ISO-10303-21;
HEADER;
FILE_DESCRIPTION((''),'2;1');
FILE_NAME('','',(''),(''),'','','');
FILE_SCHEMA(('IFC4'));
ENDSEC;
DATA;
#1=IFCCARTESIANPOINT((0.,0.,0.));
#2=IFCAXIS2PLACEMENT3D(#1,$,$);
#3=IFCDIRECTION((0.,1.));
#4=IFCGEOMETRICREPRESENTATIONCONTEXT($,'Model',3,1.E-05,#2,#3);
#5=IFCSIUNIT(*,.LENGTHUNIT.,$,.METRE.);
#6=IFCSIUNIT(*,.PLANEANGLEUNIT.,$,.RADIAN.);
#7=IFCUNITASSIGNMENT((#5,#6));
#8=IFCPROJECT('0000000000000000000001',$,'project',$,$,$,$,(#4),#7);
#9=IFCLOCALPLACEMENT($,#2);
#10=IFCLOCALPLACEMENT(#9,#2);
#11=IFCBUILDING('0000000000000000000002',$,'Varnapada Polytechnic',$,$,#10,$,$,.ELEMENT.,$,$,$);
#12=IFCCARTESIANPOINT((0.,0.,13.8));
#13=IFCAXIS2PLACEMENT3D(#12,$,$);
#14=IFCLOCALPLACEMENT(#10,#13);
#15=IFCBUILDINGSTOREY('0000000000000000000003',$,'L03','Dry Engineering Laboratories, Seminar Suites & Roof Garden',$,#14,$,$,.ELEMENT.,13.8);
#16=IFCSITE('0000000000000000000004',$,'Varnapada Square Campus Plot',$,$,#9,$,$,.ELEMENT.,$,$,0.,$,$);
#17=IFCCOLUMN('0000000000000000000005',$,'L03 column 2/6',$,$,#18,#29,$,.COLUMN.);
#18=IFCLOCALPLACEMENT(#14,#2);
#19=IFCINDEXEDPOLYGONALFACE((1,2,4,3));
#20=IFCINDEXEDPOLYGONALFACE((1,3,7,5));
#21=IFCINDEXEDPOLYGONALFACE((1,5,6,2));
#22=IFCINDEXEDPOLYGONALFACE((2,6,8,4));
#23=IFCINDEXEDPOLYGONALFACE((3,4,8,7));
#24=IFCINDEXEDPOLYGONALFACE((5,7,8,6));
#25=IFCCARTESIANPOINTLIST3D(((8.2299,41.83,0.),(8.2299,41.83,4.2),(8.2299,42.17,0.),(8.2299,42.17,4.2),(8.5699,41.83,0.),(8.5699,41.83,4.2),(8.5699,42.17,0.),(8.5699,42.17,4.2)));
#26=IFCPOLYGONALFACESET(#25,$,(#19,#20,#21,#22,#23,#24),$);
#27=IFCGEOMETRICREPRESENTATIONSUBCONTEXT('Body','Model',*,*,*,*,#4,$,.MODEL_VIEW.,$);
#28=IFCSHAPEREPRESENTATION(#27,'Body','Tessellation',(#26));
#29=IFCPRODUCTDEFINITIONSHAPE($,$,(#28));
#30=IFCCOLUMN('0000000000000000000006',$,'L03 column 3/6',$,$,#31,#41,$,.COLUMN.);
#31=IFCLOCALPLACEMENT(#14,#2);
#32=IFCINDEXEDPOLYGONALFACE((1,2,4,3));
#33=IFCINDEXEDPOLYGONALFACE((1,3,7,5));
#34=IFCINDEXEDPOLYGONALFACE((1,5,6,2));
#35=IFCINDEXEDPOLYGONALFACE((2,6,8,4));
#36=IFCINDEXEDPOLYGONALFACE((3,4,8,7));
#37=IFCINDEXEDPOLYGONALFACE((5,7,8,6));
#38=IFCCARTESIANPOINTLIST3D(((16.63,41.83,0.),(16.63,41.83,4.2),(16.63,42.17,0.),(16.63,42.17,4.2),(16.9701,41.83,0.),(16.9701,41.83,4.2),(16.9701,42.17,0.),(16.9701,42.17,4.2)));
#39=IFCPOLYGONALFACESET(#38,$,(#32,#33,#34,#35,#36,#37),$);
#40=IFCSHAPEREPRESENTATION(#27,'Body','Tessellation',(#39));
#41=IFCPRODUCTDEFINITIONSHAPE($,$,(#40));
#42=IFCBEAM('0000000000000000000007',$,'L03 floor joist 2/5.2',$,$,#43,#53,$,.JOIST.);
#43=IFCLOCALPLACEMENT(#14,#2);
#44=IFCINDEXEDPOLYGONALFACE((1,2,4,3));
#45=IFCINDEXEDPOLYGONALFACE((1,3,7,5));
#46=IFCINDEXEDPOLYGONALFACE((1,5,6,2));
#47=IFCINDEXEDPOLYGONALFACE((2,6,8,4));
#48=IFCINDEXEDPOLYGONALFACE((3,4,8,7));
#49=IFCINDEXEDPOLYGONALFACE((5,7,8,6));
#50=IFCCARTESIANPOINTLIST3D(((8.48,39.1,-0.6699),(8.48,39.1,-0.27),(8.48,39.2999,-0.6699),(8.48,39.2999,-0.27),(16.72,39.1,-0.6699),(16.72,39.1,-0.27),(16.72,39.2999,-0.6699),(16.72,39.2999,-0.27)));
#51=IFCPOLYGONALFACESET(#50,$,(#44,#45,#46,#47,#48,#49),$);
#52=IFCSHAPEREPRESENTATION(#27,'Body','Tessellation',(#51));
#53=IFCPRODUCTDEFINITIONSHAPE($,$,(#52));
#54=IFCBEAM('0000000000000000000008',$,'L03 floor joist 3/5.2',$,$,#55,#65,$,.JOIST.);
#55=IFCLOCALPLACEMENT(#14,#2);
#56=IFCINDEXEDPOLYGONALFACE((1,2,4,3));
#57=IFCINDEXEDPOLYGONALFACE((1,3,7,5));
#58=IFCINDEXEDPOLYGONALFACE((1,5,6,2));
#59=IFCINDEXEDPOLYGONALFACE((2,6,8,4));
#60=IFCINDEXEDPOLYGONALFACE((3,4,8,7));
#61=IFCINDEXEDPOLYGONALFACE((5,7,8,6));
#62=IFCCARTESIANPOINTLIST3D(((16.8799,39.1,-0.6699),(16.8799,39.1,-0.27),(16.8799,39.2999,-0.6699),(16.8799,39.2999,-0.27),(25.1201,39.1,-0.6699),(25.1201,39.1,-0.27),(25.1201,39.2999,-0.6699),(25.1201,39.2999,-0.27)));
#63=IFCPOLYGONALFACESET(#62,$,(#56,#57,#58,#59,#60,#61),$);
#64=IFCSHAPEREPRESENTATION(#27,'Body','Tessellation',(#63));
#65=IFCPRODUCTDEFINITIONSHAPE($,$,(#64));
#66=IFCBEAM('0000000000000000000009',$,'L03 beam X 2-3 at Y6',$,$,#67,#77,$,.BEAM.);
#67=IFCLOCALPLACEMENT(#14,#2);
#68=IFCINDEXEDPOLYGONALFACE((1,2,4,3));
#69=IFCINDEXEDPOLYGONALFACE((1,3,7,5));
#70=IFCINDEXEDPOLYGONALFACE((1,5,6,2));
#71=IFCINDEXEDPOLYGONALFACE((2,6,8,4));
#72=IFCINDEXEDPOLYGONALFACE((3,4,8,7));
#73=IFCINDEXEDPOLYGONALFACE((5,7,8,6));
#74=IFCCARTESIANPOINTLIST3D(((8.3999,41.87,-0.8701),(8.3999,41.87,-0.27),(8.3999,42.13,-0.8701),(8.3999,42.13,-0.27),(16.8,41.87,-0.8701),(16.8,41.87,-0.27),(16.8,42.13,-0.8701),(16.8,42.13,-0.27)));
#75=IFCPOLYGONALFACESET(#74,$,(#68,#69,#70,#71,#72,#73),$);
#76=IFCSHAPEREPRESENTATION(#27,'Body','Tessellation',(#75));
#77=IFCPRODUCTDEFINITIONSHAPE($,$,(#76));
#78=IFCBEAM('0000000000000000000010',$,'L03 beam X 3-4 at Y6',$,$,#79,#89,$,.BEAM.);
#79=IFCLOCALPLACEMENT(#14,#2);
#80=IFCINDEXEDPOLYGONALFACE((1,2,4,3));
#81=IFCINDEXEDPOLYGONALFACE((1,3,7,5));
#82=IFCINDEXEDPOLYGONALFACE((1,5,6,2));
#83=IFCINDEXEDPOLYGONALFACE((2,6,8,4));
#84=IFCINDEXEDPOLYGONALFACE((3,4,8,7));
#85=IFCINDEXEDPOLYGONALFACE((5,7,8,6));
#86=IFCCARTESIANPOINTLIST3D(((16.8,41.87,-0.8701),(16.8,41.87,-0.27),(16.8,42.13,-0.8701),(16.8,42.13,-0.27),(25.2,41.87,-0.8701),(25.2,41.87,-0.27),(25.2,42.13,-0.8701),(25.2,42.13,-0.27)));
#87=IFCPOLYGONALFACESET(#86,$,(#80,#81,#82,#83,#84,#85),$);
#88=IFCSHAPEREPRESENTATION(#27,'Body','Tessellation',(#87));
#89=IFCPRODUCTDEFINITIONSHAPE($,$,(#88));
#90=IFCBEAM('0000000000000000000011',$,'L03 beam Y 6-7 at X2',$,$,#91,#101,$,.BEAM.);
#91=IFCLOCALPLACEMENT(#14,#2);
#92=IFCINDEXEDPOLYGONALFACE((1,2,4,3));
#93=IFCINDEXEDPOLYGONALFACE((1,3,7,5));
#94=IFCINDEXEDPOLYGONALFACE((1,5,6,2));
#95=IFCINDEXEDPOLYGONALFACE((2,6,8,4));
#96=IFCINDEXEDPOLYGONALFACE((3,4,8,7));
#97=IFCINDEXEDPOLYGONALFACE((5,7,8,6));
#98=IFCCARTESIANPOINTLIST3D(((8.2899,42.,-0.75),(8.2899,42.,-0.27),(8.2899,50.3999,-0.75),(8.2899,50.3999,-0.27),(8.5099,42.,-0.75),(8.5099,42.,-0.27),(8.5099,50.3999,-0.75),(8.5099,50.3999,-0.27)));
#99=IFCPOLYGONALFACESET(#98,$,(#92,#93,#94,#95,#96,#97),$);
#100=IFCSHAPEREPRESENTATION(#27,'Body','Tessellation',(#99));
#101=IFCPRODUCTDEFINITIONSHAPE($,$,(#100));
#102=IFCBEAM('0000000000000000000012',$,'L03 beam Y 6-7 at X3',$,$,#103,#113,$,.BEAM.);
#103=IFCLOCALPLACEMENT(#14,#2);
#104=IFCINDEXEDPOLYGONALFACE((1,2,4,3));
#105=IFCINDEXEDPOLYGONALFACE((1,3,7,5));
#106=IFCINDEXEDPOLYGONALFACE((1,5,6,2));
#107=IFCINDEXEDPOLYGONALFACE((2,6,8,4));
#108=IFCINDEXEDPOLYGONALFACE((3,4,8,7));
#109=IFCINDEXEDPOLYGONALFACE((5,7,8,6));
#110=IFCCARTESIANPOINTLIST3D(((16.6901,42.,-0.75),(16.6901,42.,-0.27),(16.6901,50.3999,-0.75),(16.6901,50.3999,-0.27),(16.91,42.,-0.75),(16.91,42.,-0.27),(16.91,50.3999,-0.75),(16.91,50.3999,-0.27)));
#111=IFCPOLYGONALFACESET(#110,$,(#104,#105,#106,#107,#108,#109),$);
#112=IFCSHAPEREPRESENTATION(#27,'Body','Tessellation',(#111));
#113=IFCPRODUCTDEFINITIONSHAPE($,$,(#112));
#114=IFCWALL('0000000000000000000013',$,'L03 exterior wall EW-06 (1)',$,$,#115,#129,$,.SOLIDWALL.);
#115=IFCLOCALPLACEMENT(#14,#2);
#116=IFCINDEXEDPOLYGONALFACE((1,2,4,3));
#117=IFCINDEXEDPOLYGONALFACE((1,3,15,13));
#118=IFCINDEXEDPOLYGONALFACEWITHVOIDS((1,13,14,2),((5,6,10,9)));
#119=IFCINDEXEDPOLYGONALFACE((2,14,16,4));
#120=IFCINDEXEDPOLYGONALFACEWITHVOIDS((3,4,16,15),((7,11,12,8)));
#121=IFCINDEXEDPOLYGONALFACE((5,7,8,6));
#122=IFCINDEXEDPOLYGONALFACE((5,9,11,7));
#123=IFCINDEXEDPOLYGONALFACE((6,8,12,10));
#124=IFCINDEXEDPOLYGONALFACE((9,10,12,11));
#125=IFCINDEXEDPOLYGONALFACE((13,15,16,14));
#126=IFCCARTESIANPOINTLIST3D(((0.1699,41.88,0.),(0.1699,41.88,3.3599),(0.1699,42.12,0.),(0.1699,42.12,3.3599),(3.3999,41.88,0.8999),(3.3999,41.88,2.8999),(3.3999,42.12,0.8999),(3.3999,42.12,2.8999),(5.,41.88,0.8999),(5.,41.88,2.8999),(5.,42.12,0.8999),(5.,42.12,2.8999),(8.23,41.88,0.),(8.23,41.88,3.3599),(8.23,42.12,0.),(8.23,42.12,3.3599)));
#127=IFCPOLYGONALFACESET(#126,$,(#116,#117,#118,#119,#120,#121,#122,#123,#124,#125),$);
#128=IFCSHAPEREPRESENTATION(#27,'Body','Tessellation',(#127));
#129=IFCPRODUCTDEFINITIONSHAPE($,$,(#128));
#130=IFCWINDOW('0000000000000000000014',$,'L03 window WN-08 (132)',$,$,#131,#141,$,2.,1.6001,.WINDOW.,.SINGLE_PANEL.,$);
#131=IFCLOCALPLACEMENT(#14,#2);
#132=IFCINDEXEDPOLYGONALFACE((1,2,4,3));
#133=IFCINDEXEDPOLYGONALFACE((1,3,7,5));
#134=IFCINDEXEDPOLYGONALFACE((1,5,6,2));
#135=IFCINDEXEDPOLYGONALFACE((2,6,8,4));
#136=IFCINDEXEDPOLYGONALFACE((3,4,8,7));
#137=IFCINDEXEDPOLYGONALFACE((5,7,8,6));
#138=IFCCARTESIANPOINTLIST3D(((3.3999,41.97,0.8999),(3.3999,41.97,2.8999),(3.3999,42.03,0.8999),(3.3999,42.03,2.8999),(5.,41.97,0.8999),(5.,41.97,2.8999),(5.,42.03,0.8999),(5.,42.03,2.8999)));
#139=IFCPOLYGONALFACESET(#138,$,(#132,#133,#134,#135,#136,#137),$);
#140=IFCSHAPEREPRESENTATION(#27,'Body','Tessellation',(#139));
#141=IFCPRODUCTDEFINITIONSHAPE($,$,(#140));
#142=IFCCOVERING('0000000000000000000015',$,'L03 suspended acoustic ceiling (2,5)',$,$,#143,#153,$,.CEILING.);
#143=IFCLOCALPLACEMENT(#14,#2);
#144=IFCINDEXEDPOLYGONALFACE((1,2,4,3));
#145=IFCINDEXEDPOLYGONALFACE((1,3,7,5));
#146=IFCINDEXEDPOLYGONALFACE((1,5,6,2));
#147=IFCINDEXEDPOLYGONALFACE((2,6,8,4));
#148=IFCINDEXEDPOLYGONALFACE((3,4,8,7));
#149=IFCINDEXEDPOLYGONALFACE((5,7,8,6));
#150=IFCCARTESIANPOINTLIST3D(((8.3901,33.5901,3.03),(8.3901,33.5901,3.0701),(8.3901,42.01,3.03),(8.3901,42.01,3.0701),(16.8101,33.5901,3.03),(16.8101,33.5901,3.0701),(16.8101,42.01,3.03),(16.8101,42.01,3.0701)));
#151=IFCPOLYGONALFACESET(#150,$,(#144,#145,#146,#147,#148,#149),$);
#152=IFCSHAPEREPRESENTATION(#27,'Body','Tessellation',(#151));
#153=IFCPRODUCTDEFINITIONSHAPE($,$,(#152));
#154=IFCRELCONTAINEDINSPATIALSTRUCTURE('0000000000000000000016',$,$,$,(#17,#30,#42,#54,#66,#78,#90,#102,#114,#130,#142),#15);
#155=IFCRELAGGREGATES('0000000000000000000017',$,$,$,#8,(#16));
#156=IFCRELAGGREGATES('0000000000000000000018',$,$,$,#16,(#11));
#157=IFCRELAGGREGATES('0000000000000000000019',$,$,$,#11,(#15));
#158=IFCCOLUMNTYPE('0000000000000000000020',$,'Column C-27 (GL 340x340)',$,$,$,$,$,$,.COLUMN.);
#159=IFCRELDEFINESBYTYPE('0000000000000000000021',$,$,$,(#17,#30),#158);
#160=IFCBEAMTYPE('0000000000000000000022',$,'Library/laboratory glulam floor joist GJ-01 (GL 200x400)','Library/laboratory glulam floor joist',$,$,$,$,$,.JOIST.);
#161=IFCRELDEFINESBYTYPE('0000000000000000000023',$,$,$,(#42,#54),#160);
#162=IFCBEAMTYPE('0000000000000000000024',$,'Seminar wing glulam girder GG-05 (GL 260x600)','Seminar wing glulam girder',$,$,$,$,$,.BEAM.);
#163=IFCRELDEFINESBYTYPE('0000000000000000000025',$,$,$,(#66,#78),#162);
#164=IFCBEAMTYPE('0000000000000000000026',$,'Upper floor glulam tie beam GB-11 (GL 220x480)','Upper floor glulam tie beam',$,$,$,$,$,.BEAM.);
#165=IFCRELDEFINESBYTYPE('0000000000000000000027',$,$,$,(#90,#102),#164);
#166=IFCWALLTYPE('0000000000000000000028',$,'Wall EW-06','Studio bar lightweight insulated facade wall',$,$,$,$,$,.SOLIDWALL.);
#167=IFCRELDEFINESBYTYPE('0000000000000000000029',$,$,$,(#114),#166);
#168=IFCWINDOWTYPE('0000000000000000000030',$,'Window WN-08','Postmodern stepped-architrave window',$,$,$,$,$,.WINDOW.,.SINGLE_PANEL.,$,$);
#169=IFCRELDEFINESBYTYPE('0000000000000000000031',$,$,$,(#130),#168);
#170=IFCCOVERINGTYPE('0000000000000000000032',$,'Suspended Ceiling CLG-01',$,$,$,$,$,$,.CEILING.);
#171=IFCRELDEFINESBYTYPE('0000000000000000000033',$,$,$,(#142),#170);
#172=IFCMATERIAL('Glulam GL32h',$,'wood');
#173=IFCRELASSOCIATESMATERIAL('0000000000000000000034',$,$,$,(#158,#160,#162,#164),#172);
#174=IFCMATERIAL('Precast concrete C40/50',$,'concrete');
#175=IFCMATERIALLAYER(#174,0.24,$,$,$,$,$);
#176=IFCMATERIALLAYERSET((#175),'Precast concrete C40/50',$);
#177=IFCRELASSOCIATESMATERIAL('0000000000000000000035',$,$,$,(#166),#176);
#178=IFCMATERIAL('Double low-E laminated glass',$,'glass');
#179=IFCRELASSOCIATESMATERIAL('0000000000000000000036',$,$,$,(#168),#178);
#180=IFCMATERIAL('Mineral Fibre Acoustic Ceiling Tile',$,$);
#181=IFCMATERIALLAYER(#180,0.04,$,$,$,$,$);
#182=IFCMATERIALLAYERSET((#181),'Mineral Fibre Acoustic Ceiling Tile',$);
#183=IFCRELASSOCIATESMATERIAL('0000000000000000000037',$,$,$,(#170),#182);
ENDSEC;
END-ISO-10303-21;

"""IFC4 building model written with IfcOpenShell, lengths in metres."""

from ifc_helpers import new_model, si_unit, direction, frame, frame_2d, origin, origin_2d, place, context, subcontext, project, spatial, rectangle, extrude, material, layer, layer_set, material_profile, profile_set, type_object, element, fill, save


model = new_model("IFC4")

# Units and contexts
model_context = context("Model", 3, precision=1e-05, world=origin(), true_north=direction((0.0, 1.0)))
body_context = subcontext(model_context, "Body", "Model", "MODEL_VIEW")
ifc_project = project(units=[si_unit("LENGTHUNIT", "METRE"), si_unit("PLANEANGLEUNIT", "RADIAN")], contexts=[model_context])

# Site, building, storey
site_placement = place(None, origin())
site = spatial("IfcSite", under=ifc_project, at=site_placement, Name="Varnapada Square Campus Plot", CompositionType="ELEMENT", RefElevation=0.0)
building_placement = place(site_placement, origin())
building = spatial("IfcBuilding", under=site, at=building_placement, Name="Varnapada Polytechnic", CompositionType="ELEMENT")
storey_placement = place(building_placement, frame((0.0, 0.0, 13.8)))
storey = spatial("IfcBuildingStorey", under=building, at=storey_placement, Name="L03", Description="Dry Engineering Laboratories, Seminar Suites & Roof Garden", CompositionType="ELEMENT", Elevation=13.8)

# Columns
ifc_material_1 = material(Name="Glulam GL32h", Category="wood")
ifc_material_profile_1 = material_profile(ifc_material_1, rectangle(XDim=0.3401, YDim=0.3401, at=origin_2d()), Name="GL 340x340")
ifc_profile_set_1 = profile_set([ifc_material_profile_1], Name="Glulam GL32h")
column_type = type_object("IfcColumnType", Name="Column C-27 (GL 340x340)", PredefinedType="COLUMN", material=ifc_profile_set_1)
for number, where, z_axis, x_axis, name in (
    (1, (8.3999, 42.0, 0.0), (0.0, 0.0, 1.0), (1.0, 0.0, 0.0), "L03 column 2/6"),
    (2, (16.8, 42.0, 0.0), (0.0, 0.0, 1.0), (1.0, 0.0, 0.0), "L03 column 3/6"),
):
    element("IfcColumn", number, at=place(storey_placement, frame(where, z_axis=z_axis, x_axis=x_axis)), inside=storey, type_object=column_type, Name=name, PredefinedType="COLUMN", context=body_context, shape_type="SweptSolid", body=[
        extrude(rectangle(XDim=0.3401, YDim=0.3401, at=origin_2d()), origin(), (0.0, 0.0, 1.0), 4.2),
    ])

# Beams
ifc_material_profile_2 = material_profile(ifc_material_1, rectangle(XDim=0.2, YDim=0.3999, at=origin_2d()), Name="GL 200x400")
ifc_profile_set_2 = profile_set([ifc_material_profile_2], Name="Glulam GL32h")
beam_type_1 = type_object("IfcBeamType", Name="Library/laboratory glulam floor joist GJ-01 (GL 200x400)", Description="Library/laboratory glulam floor joist", PredefinedType="JOIST", material=ifc_profile_set_2)
beam_1_placement = place(storey_placement, frame((8.48, 39.2, -0.47), z_axis=(1.0, 0.0, 0.0), x_axis=(0.0, 1.0, 0.0)))
element("IfcBeam", 3, at=beam_1_placement, inside=storey, type_object=beam_type_1, Name="L03 floor joist 2/5.2", PredefinedType="JOIST", context=body_context, shape_type="SweptSolid", body=[
    extrude(rectangle(XDim=0.2, YDim=0.3999, at=origin_2d()), origin(), (0.0, 0.0, 1.0), 8.24),
])
beam_2_placement = place(storey_placement, frame((16.8799, 39.2, -0.47), z_axis=(1.0, 0.0, 0.0), x_axis=(0.0, 1.0, 0.0)))
element("IfcBeam", 4, at=beam_2_placement, inside=storey, type_object=beam_type_1, Name="L03 floor joist 3/5.2", PredefinedType="JOIST", context=body_context, shape_type="SweptSolid", body=[
    extrude(rectangle(XDim=0.2, YDim=0.3999, at=origin_2d()), origin(), (0.0, 0.0, 1.0), 8.2402),
])
ifc_material_profile_3 = material_profile(ifc_material_1, rectangle(XDim=0.26, YDim=0.6001, at=origin_2d()), Name="GL 260x600")
ifc_profile_set_3 = profile_set([ifc_material_profile_3], Name="Glulam GL32h")
beam_type_2 = type_object("IfcBeamType", Name="Seminar wing glulam girder GG-05 (GL 260x600)", Description="Seminar wing glulam girder", PredefinedType="BEAM", material=ifc_profile_set_3)
beam_3_placement = place(storey_placement, frame((8.3999, 42.0, -0.5701), z_axis=(1.0, 0.0, 0.0), x_axis=(0.0, 1.0, 0.0)))
element("IfcBeam", 5, at=beam_3_placement, inside=storey, type_object=beam_type_2, Name="L03 beam X 2-3 at Y6", PredefinedType="BEAM", context=body_context, shape_type="SweptSolid", body=[
    extrude(rectangle(XDim=0.26, YDim=0.6001, at=origin_2d()), origin(), (0.0, 0.0, 1.0), 8.4001),
])
beam_4_placement = place(storey_placement, frame((16.8, 42.0, -0.5701), z_axis=(1.0, 0.0, 0.0), x_axis=(0.0, 1.0, 0.0)))
element("IfcBeam", 6, at=beam_4_placement, inside=storey, type_object=beam_type_2, Name="L03 beam X 3-4 at Y6", PredefinedType="BEAM", context=body_context, shape_type="SweptSolid", body=[
    extrude(rectangle(XDim=0.26, YDim=0.6001, at=origin_2d()), origin(), (0.0, 0.0, 1.0), 8.3999),
])
ifc_material_profile_4 = material_profile(ifc_material_1, rectangle(XDim=0.22, YDim=0.48, at=origin_2d()), Name="GL 220x480")
ifc_profile_set_4 = profile_set([ifc_material_profile_4], Name="Glulam GL32h")
beam_type_3 = type_object("IfcBeamType", Name="Upper floor glulam tie beam GB-11 (GL 220x480)", Description="Upper floor glulam tie beam", PredefinedType="BEAM", material=ifc_profile_set_4)
for number, where, z_axis, x_axis, name in (
    (7, (8.3999, 42.0, -0.51), (0.0, 1.0, 0.0), (-1.0, 0.0, 0.0), "L03 beam Y 6-7 at X2"),
    (8, (16.8, 42.0, -0.51), (0.0, 1.0, 0.0), (-1.0, 0.0, 0.0), "L03 beam Y 6-7 at X3"),
):
    element("IfcBeam", number, at=place(storey_placement, frame(where, z_axis=z_axis, x_axis=x_axis)), inside=storey, type_object=beam_type_3, Name=name, PredefinedType="BEAM", context=body_context, shape_type="SweptSolid", body=[
        extrude(rectangle(XDim=0.22, YDim=0.48, at=origin_2d()), origin(), (0.0, 0.0, 1.0), 8.3999),
    ])

# Wall, opening, window
ifc_material_2 = material(Name="Precast concrete C40/50", Category="concrete")
ifc_layer_1 = layer(ifc_material_2, 0.24)
ifc_layer_set_1 = layer_set([ifc_layer_1], Name="Precast concrete C40/50")
wall_type = type_object("IfcWallType", Name="Wall EW-06", Description="Studio bar lightweight insulated facade wall", PredefinedType="SOLIDWALL", material=ifc_layer_set_1)
wall_placement = place(storey_placement, frame((8.23, 42.0, 0.0), z_axis=(0.0, 0.0, 1.0), x_axis=(-1.0, 0.0, 0.0)))
wall = element("IfcWall", 9, at=wall_placement, inside=storey, type_object=wall_type, Name="L03 exterior wall EW-06 (1)", PredefinedType="SOLIDWALL", context=body_context, shape_type="SweptSolid", body=[
    extrude(rectangle(XDim=8.0601, YDim=0.24, at=frame_2d((4.03, 0.0))), origin(), (0.0, 0.0, 1.0), 3.3599),
])
opening_1_placement = place(wall_placement, frame((3.23, 0.0, 0.8999)))
opening_1 = element("IfcOpeningElement", 10, at=opening_1_placement, cuts=wall, PredefinedType="OPENING", context=body_context, shape_type="SweptSolid", body=[
    extrude(rectangle(XDim=1.6001, YDim=2.0, at=frame_2d((0.8, 1.0))), frame((0.0, 0.1299, 0.0), z_axis=(0.0, -1.0, 0.0), x_axis=(1.0, 0.0, 0.0)), (0.0, 0.0, 1.0), 0.26),
])
ifc_material_3 = material(Name="Double low-E laminated glass", Category="glass")
window_type = type_object("IfcWindowType", Name="Window WN-08", Description="Postmodern stepped-architrave window", PartitioningType="SINGLE_PANEL", PredefinedType="WINDOW", material=ifc_material_3)
window_placement = place(opening_1_placement, origin())
window = element("IfcWindow", 11, at=window_placement, inside=storey, type_object=window_type, Name="L03 window WN-08 (132)", OverallHeight=2.0, OverallWidth=1.6001, PartitioningType="SINGLE_PANEL", PredefinedType="WINDOW", context=body_context, shape_type="SweptSolid", body=[
    extrude(rectangle(XDim=1.6001, YDim=2.0, at=frame_2d((0.8, 1.0))), frame((0.0, 0.03, 0.0), z_axis=(0.0, -1.0, 0.0), x_axis=(1.0, 0.0, 0.0)), (0.0, 0.0, 1.0), 0.0601),
])
fill(opening_1, window)

# Covering
ifc_material_4 = material(Name="Mineral Fibre Acoustic Ceiling Tile")
ifc_layer_2 = layer(ifc_material_4, 0.04)
ifc_layer_set_2 = layer_set([ifc_layer_2], Name="Mineral Fibre Acoustic Ceiling Tile")
covering_type_1 = type_object("IfcCoveringType", Name="Suspended Ceiling CLG-01", PredefinedType="CEILING", material=ifc_layer_set_2)
covering_1_placement = place(storey_placement, frame((12.6001, 37.8, 3.03), z_axis=(0.0, 0.0, 1.0), x_axis=(1.0, 0.0, 0.0)))
element("IfcCovering", 12, at=covering_1_placement, inside=storey, type_object=covering_type_1, Name="L03 suspended acoustic ceiling (2,5)", PredefinedType="CEILING", context=body_context, shape_type="SweptSolid", body=[
    extrude(rectangle(XDim=8.4199, YDim=8.4199, at=origin_2d()), origin(), (0.0, 0.0, 1.0), 0.04),
])

save(model, "model.ifc")
